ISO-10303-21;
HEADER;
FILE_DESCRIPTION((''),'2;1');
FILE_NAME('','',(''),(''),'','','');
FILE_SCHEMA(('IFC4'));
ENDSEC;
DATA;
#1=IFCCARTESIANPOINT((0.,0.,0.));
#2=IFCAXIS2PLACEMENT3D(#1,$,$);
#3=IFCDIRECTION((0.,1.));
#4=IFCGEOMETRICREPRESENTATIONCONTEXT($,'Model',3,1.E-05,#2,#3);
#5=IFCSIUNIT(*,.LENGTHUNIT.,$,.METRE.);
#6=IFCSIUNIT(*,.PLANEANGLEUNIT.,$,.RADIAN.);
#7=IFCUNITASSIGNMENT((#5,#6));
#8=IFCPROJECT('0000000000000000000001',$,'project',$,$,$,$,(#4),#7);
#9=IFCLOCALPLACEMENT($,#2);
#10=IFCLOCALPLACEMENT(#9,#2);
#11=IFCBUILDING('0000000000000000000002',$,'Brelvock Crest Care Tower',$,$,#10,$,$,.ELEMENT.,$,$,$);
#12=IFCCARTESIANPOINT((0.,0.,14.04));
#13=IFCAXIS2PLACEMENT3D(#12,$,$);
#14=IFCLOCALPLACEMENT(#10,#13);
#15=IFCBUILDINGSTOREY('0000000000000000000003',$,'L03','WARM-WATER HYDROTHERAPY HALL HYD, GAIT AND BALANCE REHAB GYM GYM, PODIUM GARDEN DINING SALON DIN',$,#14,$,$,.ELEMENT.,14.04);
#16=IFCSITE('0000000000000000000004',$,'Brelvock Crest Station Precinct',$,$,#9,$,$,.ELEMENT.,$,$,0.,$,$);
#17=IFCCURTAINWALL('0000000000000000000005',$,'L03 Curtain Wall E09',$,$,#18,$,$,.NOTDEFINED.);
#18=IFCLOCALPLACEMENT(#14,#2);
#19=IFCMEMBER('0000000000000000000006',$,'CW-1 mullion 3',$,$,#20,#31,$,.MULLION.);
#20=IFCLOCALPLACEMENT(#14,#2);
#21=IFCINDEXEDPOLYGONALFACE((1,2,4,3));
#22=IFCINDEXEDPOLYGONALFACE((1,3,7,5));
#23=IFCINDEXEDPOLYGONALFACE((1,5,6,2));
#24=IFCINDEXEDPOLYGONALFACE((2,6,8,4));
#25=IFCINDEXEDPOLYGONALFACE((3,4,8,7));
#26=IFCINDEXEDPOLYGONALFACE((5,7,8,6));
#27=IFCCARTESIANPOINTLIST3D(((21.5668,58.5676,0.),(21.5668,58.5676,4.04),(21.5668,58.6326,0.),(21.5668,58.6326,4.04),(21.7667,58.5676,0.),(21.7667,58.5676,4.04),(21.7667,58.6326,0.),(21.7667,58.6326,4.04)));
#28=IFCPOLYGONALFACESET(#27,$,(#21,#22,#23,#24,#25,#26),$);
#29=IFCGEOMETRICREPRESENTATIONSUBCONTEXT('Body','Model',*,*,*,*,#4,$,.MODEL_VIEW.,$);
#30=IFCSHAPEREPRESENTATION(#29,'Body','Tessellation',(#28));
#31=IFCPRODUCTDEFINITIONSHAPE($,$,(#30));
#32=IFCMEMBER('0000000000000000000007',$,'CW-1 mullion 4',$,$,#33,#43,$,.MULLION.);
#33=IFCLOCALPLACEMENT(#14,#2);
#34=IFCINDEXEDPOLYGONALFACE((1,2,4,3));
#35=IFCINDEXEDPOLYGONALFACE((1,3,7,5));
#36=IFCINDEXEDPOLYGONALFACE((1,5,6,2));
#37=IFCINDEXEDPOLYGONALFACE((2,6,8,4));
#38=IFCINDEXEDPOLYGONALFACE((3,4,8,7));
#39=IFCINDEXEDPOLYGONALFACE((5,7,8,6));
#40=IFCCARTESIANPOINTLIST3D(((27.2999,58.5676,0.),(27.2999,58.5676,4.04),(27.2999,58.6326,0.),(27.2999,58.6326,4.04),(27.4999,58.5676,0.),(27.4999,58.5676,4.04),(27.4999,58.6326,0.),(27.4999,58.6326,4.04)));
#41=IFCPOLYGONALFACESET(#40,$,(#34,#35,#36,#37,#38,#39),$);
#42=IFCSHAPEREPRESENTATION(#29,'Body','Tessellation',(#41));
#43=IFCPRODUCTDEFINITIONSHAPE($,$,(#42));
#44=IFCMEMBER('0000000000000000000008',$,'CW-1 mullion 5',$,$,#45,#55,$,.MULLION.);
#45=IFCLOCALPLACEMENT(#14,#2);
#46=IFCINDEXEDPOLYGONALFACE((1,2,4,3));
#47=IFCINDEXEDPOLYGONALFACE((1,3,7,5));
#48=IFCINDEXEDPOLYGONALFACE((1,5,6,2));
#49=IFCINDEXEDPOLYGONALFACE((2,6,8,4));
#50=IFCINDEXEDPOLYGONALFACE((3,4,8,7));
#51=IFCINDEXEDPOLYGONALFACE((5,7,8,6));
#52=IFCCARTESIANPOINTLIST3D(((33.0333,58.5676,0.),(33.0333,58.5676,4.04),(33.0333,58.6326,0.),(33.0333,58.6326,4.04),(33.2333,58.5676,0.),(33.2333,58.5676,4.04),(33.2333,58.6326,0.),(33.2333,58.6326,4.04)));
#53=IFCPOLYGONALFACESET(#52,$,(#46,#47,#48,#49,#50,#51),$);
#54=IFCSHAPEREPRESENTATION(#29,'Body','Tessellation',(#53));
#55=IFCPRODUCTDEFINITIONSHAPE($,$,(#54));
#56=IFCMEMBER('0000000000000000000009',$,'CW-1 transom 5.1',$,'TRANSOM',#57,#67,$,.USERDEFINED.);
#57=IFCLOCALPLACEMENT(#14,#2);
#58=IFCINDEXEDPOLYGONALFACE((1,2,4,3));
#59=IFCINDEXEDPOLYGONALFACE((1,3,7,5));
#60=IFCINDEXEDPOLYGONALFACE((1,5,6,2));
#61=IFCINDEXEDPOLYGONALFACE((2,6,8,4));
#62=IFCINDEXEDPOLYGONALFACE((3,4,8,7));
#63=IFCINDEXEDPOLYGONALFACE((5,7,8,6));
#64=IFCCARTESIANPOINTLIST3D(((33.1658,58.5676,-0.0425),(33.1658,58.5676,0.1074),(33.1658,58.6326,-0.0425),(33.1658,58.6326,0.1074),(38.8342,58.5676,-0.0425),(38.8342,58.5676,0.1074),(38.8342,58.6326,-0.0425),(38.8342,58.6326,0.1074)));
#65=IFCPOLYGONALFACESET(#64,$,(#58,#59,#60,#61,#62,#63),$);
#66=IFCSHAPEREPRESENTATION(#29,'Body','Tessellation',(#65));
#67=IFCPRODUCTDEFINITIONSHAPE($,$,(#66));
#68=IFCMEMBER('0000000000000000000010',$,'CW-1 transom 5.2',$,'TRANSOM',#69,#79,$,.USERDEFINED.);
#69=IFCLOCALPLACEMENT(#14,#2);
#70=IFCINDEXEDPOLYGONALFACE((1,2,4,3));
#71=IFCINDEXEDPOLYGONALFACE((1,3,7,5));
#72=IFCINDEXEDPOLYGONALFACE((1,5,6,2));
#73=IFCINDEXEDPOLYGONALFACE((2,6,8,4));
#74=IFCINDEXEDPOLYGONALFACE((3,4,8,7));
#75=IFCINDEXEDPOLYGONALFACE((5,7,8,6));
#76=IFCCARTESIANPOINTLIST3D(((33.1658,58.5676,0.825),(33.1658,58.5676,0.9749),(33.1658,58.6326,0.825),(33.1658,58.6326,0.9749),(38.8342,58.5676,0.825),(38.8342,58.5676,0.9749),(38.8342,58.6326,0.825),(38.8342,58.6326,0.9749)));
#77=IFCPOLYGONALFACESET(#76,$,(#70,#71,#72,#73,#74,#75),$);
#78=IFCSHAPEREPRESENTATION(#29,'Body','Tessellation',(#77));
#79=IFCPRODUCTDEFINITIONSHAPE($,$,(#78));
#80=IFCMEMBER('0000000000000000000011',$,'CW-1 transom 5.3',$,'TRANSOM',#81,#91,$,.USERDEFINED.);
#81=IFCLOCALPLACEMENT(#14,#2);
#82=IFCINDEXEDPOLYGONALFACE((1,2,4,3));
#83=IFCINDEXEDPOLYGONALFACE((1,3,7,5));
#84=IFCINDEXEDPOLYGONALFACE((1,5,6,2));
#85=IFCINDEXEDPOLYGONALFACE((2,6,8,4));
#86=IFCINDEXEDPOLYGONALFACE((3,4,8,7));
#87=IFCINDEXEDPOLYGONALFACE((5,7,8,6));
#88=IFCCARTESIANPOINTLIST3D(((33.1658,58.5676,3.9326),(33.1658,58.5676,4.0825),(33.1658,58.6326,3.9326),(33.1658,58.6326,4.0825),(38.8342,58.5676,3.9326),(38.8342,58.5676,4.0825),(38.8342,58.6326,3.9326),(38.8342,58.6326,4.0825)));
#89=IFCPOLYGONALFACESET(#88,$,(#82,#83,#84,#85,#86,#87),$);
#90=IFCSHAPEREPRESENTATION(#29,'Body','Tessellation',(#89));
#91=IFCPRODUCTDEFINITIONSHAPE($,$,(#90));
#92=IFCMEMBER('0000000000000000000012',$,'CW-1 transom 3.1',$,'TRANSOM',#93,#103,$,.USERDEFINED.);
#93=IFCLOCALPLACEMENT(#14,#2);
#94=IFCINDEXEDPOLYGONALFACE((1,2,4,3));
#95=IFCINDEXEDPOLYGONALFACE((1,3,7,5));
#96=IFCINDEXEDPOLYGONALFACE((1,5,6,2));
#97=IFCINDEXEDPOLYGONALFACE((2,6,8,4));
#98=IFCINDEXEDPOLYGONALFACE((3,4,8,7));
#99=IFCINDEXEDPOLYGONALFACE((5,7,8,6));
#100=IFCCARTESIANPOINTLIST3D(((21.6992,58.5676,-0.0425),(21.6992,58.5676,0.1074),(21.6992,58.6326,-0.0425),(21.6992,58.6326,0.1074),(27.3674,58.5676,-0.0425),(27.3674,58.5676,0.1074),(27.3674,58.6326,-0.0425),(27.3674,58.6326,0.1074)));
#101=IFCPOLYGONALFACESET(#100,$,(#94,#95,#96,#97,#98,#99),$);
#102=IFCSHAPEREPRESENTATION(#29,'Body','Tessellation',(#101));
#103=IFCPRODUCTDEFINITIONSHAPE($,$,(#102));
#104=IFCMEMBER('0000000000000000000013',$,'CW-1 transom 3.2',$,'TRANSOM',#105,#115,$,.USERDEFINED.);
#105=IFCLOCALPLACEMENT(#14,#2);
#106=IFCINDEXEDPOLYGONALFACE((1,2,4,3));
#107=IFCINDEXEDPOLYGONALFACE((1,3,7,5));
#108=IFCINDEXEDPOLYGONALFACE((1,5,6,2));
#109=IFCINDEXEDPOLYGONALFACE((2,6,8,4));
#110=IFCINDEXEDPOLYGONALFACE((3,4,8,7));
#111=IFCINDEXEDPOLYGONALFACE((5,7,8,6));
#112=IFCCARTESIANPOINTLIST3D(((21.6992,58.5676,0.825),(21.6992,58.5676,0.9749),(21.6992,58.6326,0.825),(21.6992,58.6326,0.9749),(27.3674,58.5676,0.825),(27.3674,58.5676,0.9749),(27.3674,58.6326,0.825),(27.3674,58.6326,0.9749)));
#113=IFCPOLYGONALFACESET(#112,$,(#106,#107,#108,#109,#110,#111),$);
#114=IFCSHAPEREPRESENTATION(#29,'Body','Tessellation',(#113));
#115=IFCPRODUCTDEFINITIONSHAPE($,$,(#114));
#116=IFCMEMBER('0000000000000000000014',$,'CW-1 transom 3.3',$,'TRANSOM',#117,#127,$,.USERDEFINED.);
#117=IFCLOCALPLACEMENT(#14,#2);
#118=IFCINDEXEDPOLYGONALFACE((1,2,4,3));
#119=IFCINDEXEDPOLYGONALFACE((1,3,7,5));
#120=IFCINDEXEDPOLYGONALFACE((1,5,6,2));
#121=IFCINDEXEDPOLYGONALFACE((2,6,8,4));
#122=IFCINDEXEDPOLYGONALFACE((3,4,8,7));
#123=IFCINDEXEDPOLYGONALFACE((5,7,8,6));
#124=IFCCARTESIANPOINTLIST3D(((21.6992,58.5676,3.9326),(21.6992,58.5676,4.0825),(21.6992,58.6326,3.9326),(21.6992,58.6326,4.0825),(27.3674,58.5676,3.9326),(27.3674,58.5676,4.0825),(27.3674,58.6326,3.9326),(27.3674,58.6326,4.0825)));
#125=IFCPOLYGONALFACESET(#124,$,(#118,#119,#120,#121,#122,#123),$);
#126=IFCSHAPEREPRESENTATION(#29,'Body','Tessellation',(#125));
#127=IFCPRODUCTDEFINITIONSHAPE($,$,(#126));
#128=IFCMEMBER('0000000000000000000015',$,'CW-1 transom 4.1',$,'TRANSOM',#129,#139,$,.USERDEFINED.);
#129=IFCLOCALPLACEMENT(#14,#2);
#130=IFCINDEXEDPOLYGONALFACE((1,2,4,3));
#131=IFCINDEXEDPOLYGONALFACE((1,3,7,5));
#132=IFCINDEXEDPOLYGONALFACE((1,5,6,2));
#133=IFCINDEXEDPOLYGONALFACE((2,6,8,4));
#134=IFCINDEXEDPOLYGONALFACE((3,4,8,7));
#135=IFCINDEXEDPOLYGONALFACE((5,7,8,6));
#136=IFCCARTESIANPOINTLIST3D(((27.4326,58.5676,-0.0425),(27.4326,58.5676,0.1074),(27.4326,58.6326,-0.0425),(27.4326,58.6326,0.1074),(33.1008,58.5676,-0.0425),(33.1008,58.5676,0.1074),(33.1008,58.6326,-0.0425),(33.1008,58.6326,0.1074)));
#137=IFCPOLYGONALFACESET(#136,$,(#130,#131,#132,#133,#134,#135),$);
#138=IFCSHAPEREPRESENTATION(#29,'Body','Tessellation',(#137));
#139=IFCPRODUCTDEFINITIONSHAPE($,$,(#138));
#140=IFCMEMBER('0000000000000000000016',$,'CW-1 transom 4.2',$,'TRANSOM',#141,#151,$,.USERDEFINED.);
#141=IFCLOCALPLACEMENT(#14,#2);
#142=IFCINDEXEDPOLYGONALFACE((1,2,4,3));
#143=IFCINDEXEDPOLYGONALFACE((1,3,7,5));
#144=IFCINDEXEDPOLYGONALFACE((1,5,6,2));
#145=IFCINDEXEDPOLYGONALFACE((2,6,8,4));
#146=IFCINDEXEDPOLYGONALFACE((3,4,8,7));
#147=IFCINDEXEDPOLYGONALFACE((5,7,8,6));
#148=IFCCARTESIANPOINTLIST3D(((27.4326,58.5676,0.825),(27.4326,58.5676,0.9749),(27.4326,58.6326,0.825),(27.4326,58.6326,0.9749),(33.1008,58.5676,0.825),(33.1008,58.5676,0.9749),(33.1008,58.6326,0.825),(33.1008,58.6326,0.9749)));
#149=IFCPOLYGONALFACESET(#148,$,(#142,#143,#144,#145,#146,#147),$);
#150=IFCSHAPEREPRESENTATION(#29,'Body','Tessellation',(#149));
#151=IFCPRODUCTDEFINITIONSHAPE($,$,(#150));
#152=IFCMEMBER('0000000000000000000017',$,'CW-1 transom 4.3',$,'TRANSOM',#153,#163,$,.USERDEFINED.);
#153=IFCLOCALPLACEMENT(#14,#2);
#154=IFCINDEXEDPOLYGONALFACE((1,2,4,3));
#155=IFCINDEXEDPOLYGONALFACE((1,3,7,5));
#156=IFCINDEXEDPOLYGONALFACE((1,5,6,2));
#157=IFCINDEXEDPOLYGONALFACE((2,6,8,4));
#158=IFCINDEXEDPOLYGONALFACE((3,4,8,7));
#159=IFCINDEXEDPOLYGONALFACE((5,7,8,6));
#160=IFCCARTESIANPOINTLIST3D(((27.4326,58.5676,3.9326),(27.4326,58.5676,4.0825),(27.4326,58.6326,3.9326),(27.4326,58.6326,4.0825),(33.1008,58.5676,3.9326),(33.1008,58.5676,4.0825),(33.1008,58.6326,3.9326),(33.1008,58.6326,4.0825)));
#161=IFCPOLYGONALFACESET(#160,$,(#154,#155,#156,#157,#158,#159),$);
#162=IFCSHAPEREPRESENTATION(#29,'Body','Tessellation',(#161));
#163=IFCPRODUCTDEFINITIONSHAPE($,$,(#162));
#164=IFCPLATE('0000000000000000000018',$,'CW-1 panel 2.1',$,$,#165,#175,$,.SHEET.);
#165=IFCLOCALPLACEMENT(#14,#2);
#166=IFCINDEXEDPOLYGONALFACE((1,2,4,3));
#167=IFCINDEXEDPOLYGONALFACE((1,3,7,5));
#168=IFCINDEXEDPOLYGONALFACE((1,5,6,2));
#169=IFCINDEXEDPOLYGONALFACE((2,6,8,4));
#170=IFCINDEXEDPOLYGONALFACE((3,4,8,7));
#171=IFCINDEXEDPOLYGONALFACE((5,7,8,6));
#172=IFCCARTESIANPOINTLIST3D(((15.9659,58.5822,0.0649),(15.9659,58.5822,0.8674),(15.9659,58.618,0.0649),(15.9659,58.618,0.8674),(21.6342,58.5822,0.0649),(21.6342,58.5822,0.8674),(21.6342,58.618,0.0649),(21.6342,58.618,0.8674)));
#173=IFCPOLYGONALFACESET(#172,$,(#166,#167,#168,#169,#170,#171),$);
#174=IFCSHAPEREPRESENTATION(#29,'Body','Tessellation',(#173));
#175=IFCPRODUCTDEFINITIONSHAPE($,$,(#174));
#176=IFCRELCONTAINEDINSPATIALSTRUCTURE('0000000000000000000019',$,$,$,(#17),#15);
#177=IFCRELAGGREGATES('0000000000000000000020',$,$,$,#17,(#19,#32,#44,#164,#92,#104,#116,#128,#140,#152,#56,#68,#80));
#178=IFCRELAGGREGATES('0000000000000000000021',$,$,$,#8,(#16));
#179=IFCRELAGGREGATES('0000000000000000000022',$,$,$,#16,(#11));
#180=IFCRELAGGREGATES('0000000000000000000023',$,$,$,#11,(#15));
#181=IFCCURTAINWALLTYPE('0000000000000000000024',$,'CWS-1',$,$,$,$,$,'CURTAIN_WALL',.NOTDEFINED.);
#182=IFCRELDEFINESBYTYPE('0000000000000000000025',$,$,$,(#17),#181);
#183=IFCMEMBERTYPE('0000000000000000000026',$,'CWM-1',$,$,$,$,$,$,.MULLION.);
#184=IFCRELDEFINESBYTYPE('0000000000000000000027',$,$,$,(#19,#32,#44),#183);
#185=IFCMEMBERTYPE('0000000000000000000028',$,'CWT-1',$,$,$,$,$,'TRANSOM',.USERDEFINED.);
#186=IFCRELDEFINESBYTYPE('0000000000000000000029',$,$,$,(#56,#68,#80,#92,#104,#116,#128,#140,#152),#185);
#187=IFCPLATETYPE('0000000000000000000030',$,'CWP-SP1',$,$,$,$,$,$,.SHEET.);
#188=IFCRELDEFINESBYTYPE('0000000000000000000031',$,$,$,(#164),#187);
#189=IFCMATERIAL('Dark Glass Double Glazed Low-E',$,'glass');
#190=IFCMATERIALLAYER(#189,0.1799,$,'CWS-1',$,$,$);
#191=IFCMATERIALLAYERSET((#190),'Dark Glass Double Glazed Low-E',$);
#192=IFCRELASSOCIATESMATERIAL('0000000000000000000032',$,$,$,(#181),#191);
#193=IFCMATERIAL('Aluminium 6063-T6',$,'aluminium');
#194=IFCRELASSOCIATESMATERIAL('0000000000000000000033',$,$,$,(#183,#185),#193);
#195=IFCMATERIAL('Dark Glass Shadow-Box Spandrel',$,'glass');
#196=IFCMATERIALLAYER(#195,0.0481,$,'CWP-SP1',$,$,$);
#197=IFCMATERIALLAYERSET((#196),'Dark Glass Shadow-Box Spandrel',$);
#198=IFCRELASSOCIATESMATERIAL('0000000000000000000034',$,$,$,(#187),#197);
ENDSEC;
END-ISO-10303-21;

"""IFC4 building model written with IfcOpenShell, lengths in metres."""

from ifc_helpers import new_model, si_unit, direction, frame, origin, origin_2d, place, context, subcontext, project, spatial, rectangle, extrude, source, transform, mapped, material, layer, layer_set, material_profile, profile_set, type_object, element, aggregate, save


model = new_model("IFC4")

# Units and contexts
model_context = context("Model", 3, precision=1e-05, world=origin(), true_north=direction((0.0, 1.0)))
body_context = subcontext(model_context, "Body", "Model", "MODEL_VIEW")
ifc_project = project(units=[si_unit("LENGTHUNIT", "METRE"), si_unit("PLANEANGLEUNIT", "RADIAN")], contexts=[model_context])

# Site, building, storey
site_placement = place(None, origin())
site = spatial("IfcSite", under=ifc_project, at=site_placement, Name="Brelvock Crest Station Precinct", CompositionType="ELEMENT", RefElevation=0.0)
building_placement = place(site_placement, origin())
building = spatial("IfcBuilding", under=site, at=building_placement, Name="Brelvock Crest Care Tower", CompositionType="ELEMENT")
storey_placement = place(building_placement, frame((0.0, 0.0, 14.04)))
storey = spatial("IfcBuildingStorey", under=building, at=storey_placement, Name="L03", Description="WARM-WATER HYDROTHERAPY HALL HYD, GAIT AND BALANCE REHAB GYM GYM, PODIUM GARDEN DINING SALON DIN", CompositionType="ELEMENT", Elevation=14.04)

# Curtain wall, members, plate
ifc_material_1 = material(Name="Dark Glass Double Glazed Low-E", Category="glass")
ifc_layer_1 = layer(ifc_material_1, 0.1799, Name="CWS-1")
ifc_layer_set_1 = layer_set([ifc_layer_1], Name="Dark Glass Double Glazed Low-E")
curtain_wall_type = type_object("IfcCurtainWallType", Name="CWS-1", ElementType="CURTAIN_WALL", PredefinedType="NOTDEFINED", material=ifc_layer_set_1)
curtain_wall_placement = place(storey_placement, origin())
curtain_wall = element("IfcCurtainWall", 1, at=curtain_wall_placement, inside=storey, type_object=curtain_wall_type, Name="L03 Curtain Wall E09", PredefinedType="NOTDEFINED")
ifc_material_2 = material(Name="Aluminium 6063-T6", Category="aluminium")
ifc_material_profile_1 = material_profile(ifc_material_2, rectangle(XDim=0.0649, YDim=0.2, at=origin_2d()), Name="ALU65x200")
ifc_profile_set_1 = profile_set([ifc_material_profile_1], Name="Aluminium 6063-T6")
member_type_1 = type_object("IfcMemberType", Name="CWM-1", PredefinedType="MULLION", material=ifc_profile_set_1)
shared_shape_1 = source(origin(), body_context, "Body", "SweptSolid", [
    extrude(rectangle(XDim=0.0649, YDim=0.2, at=origin_2d()), origin(), (0.0, 0.0, 1.0), 4.04),
])
member_1_placement = place(storey_placement, frame((21.6667, 58.6001, 0.0), z_axis=(0.0, 0.0, 1.0), x_axis=(0.0, 1.0, 0.0)))
member_1 = element("IfcMember", 2, at=member_1_placement, type_object=member_type_1, Name="CW-1 mullion 3", PredefinedType="MULLION", context=body_context, shape_type="MappedRepresentation", body=[
    mapped(shared_shape_1, transform((0.0, 0.0, 0.0), x_axis=(1.0, 0.0, 0.0), y_axis=(0.0, 1.0, 0.0), z_axis=(0.0, 0.0, 1.0), scale=1.0)),
])
member_2_placement = place(storey_placement, frame((27.3999, 58.6001, 0.0), z_axis=(0.0, 0.0, 1.0), x_axis=(0.0, 1.0, 0.0)))
member_2 = element("IfcMember", 3, at=member_2_placement, type_object=member_type_1, Name="CW-1 mullion 4", PredefinedType="MULLION", context=body_context, shape_type="MappedRepresentation", body=[
    mapped(shared_shape_1, transform((0.0, 0.0, 0.0), x_axis=(1.0, 0.0, 0.0), y_axis=(0.0, 1.0, 0.0), z_axis=(0.0, 0.0, 1.0), scale=1.0)),
])
member_3_placement = place(storey_placement, frame((33.1333, 58.6001, 0.0), z_axis=(0.0, 0.0, 1.0), x_axis=(0.0, 1.0, 0.0)))
member_3 = element("IfcMember", 4, at=member_3_placement, type_object=member_type_1, Name="CW-1 mullion 5", PredefinedType="MULLION", context=body_context, shape_type="MappedRepresentation", body=[
    mapped(shared_shape_1, transform((0.0, 0.0, 0.0), x_axis=(1.0, 0.0, 0.0), y_axis=(0.0, 1.0, 0.0), z_axis=(0.0, 0.0, 1.0), scale=1.0)),
])
ifc_material_profile_2 = material_profile(ifc_material_2, rectangle(XDim=0.0649, YDim=0.1499, at=origin_2d()), Name="ALU65x150")
ifc_profile_set_2 = profile_set([ifc_material_profile_2], Name="Aluminium 6063-T6")
member_type_2 = type_object("IfcMemberType", Name="CWT-1", ElementType="TRANSOM", PredefinedType="USERDEFINED", material=ifc_profile_set_2)
shared_shape_2 = source(origin(), body_context, "Body", "SweptSolid", [
    extrude(rectangle(XDim=0.0649, YDim=0.1499, at=origin_2d()), origin(), (0.0, 0.0, 1.0), 5.6685),
])
member_4_placement = place(storey_placement, frame((33.1658, 58.6001, 0.0325), z_axis=(1.0, 0.0, 0.0), x_axis=(0.0, 1.0, 0.0)))
member_4 = element("IfcMember", 5, at=member_4_placement, type_object=member_type_2, Name="CW-1 transom 5.1", ObjectType="TRANSOM", PredefinedType="USERDEFINED", context=body_context, shape_type="MappedRepresentation", body=[
    mapped(shared_shape_2, transform((0.0, 0.0, 0.0), x_axis=(1.0, 0.0, 0.0), y_axis=(0.0, 1.0, 0.0), z_axis=(0.0, 0.0, 1.0), scale=1.0)),
])
member_5_placement = place(storey_placement, frame((33.1658, 58.6001, 0.8999), z_axis=(1.0, 0.0, 0.0), x_axis=(0.0, 1.0, 0.0)))
member_5 = element("IfcMember", 6, at=member_5_placement, type_object=member_type_2, Name="CW-1 transom 5.2", ObjectType="TRANSOM", PredefinedType="USERDEFINED", context=body_context, shape_type="MappedRepresentation", body=[
    mapped(shared_shape_2, transform((0.0, 0.0, 0.0), x_axis=(1.0, 0.0, 0.0), y_axis=(0.0, 1.0, 0.0), z_axis=(0.0, 0.0, 1.0), scale=1.0)),
])
member_6_placement = place(storey_placement, frame((33.1658, 58.6001, 4.0076), z_axis=(1.0, 0.0, 0.0), x_axis=(0.0, 1.0, 0.0)))
member_6 = element("IfcMember", 7, at=member_6_placement, type_object=member_type_2, Name="CW-1 transom 5.3", ObjectType="TRANSOM", PredefinedType="USERDEFINED", context=body_context, shape_type="MappedRepresentation", body=[
    mapped(shared_shape_2, transform((0.0, 0.0, 0.0), x_axis=(1.0, 0.0, 0.0), y_axis=(0.0, 1.0, 0.0), z_axis=(0.0, 0.0, 1.0), scale=1.0)),
])
shared_shape_3 = source(origin(), body_context, "Body", "SweptSolid", [
    extrude(rectangle(XDim=0.0649, YDim=0.1499, at=origin_2d()), origin(), (0.0, 0.0, 1.0), 5.6682),
])
member_7_placement = place(storey_placement, frame((21.6992, 58.6001, 0.0325), z_axis=(1.0, 0.0, 0.0), x_axis=(0.0, 1.0, 0.0)))
member_7 = element("IfcMember", 8, at=member_7_placement, type_object=member_type_2, Name="CW-1 transom 3.1", ObjectType="TRANSOM", PredefinedType="USERDEFINED", context=body_context, shape_type="MappedRepresentation", body=[
    mapped(shared_shape_3, transform((0.0, 0.0, 0.0), x_axis=(1.0, 0.0, 0.0), y_axis=(0.0, 1.0, 0.0), z_axis=(0.0, 0.0, 1.0), scale=1.0)),
])
member_8_placement = place(storey_placement, frame((21.6992, 58.6001, 0.8999), z_axis=(1.0, 0.0, 0.0), x_axis=(0.0, 1.0, 0.0)))
member_8 = element("IfcMember", 9, at=member_8_placement, type_object=member_type_2, Name="CW-1 transom 3.2", ObjectType="TRANSOM", PredefinedType="USERDEFINED", context=body_context, shape_type="MappedRepresentation", body=[
    mapped(shared_shape_3, transform((0.0, 0.0, 0.0), x_axis=(1.0, 0.0, 0.0), y_axis=(0.0, 1.0, 0.0), z_axis=(0.0, 0.0, 1.0), scale=1.0)),
])
member_9_placement = place(storey_placement, frame((21.6992, 58.6001, 4.0076), z_axis=(1.0, 0.0, 0.0), x_axis=(0.0, 1.0, 0.0)))
member_9 = element("IfcMember", 10, at=member_9_placement, type_object=member_type_2, Name="CW-1 transom 3.3", ObjectType="TRANSOM", PredefinedType="USERDEFINED", context=body_context, shape_type="MappedRepresentation", body=[
    mapped(shared_shape_3, transform((0.0, 0.0, 0.0), x_axis=(1.0, 0.0, 0.0), y_axis=(0.0, 1.0, 0.0), z_axis=(0.0, 0.0, 1.0), scale=1.0)),
])
member_10_placement = place(storey_placement, frame((27.4326, 58.6001, 0.0325), z_axis=(1.0, 0.0, 0.0), x_axis=(0.0, 1.0, 0.0)))
member_10 = element("IfcMember", 11, at=member_10_placement, type_object=member_type_2, Name="CW-1 transom 4.1", ObjectType="TRANSOM", PredefinedType="USERDEFINED", context=body_context, shape_type="MappedRepresentation", body=[
    mapped(shared_shape_3, transform((0.0, 0.0, 0.0), x_axis=(1.0, 0.0, 0.0), y_axis=(0.0, 1.0, 0.0), z_axis=(0.0, 0.0, 1.0), scale=1.0)),
])
member_11_placement = place(storey_placement, frame((27.4326, 58.6001, 0.8999), z_axis=(1.0, 0.0, 0.0), x_axis=(0.0, 1.0, 0.0)))
member_11 = element("IfcMember", 12, at=member_11_placement, type_object=member_type_2, Name="CW-1 transom 4.2", ObjectType="TRANSOM", PredefinedType="USERDEFINED", context=body_context, shape_type="MappedRepresentation", body=[
    mapped(shared_shape_3, transform((0.0, 0.0, 0.0), x_axis=(1.0, 0.0, 0.0), y_axis=(0.0, 1.0, 0.0), z_axis=(0.0, 0.0, 1.0), scale=1.0)),
])
member_12_placement = place(storey_placement, frame((27.4326, 58.6001, 4.0076), z_axis=(1.0, 0.0, 0.0), x_axis=(0.0, 1.0, 0.0)))
member_12 = element("IfcMember", 13, at=member_12_placement, type_object=member_type_2, Name="CW-1 transom 4.3", ObjectType="TRANSOM", PredefinedType="USERDEFINED", context=body_context, shape_type="MappedRepresentation", body=[
    mapped(shared_shape_3, transform((0.0, 0.0, 0.0), x_axis=(1.0, 0.0, 0.0), y_axis=(0.0, 1.0, 0.0), z_axis=(0.0, 0.0, 1.0), scale=1.0)),
])
ifc_material_3 = material(Name="Dark Glass Shadow-Box Spandrel", Category="glass")
ifc_layer_2 = layer(ifc_material_3, 0.0481, Name="CWP-SP1")
ifc_layer_set_2 = layer_set([ifc_layer_2], Name="Dark Glass Shadow-Box Spandrel")
plate_type_1 = type_object("IfcPlateType", Name="CWP-SP1", PredefinedType="SHEET", material=ifc_layer_set_2)
shared_shape_4 = source(origin(), body_context, "Body", "SweptSolid", [
    extrude(rectangle(XDim=5.6682, YDim=0.0359, at=origin_2d()), origin(), (0.0, 0.0, 1.0), 0.8025),
])
plate_1_placement = place(storey_placement, frame((18.8, 58.6001, 0.0649), z_axis=(0.0, 0.0, 1.0), x_axis=(1.0, 0.0, 0.0)))
plate_1 = element("IfcPlate", 14, at=plate_1_placement, type_object=plate_type_1, Name="CW-1 panel 2.1", PredefinedType="SHEET", context=body_context, shape_type="MappedRepresentation", body=[
    mapped(shared_shape_4, transform((0.0, 0.0, 0.0), x_axis=(1.0, 0.0, 0.0), y_axis=(0.0, 1.0, 0.0), z_axis=(0.0, 0.0, 1.0), scale=1.0)),
])
aggregate(curtain_wall, [member_1, member_2, member_3, plate_1, member_7, member_8, member_9, member_10, member_11, member_12, member_4, member_5, member_6])

save(model, "model.ifc")
